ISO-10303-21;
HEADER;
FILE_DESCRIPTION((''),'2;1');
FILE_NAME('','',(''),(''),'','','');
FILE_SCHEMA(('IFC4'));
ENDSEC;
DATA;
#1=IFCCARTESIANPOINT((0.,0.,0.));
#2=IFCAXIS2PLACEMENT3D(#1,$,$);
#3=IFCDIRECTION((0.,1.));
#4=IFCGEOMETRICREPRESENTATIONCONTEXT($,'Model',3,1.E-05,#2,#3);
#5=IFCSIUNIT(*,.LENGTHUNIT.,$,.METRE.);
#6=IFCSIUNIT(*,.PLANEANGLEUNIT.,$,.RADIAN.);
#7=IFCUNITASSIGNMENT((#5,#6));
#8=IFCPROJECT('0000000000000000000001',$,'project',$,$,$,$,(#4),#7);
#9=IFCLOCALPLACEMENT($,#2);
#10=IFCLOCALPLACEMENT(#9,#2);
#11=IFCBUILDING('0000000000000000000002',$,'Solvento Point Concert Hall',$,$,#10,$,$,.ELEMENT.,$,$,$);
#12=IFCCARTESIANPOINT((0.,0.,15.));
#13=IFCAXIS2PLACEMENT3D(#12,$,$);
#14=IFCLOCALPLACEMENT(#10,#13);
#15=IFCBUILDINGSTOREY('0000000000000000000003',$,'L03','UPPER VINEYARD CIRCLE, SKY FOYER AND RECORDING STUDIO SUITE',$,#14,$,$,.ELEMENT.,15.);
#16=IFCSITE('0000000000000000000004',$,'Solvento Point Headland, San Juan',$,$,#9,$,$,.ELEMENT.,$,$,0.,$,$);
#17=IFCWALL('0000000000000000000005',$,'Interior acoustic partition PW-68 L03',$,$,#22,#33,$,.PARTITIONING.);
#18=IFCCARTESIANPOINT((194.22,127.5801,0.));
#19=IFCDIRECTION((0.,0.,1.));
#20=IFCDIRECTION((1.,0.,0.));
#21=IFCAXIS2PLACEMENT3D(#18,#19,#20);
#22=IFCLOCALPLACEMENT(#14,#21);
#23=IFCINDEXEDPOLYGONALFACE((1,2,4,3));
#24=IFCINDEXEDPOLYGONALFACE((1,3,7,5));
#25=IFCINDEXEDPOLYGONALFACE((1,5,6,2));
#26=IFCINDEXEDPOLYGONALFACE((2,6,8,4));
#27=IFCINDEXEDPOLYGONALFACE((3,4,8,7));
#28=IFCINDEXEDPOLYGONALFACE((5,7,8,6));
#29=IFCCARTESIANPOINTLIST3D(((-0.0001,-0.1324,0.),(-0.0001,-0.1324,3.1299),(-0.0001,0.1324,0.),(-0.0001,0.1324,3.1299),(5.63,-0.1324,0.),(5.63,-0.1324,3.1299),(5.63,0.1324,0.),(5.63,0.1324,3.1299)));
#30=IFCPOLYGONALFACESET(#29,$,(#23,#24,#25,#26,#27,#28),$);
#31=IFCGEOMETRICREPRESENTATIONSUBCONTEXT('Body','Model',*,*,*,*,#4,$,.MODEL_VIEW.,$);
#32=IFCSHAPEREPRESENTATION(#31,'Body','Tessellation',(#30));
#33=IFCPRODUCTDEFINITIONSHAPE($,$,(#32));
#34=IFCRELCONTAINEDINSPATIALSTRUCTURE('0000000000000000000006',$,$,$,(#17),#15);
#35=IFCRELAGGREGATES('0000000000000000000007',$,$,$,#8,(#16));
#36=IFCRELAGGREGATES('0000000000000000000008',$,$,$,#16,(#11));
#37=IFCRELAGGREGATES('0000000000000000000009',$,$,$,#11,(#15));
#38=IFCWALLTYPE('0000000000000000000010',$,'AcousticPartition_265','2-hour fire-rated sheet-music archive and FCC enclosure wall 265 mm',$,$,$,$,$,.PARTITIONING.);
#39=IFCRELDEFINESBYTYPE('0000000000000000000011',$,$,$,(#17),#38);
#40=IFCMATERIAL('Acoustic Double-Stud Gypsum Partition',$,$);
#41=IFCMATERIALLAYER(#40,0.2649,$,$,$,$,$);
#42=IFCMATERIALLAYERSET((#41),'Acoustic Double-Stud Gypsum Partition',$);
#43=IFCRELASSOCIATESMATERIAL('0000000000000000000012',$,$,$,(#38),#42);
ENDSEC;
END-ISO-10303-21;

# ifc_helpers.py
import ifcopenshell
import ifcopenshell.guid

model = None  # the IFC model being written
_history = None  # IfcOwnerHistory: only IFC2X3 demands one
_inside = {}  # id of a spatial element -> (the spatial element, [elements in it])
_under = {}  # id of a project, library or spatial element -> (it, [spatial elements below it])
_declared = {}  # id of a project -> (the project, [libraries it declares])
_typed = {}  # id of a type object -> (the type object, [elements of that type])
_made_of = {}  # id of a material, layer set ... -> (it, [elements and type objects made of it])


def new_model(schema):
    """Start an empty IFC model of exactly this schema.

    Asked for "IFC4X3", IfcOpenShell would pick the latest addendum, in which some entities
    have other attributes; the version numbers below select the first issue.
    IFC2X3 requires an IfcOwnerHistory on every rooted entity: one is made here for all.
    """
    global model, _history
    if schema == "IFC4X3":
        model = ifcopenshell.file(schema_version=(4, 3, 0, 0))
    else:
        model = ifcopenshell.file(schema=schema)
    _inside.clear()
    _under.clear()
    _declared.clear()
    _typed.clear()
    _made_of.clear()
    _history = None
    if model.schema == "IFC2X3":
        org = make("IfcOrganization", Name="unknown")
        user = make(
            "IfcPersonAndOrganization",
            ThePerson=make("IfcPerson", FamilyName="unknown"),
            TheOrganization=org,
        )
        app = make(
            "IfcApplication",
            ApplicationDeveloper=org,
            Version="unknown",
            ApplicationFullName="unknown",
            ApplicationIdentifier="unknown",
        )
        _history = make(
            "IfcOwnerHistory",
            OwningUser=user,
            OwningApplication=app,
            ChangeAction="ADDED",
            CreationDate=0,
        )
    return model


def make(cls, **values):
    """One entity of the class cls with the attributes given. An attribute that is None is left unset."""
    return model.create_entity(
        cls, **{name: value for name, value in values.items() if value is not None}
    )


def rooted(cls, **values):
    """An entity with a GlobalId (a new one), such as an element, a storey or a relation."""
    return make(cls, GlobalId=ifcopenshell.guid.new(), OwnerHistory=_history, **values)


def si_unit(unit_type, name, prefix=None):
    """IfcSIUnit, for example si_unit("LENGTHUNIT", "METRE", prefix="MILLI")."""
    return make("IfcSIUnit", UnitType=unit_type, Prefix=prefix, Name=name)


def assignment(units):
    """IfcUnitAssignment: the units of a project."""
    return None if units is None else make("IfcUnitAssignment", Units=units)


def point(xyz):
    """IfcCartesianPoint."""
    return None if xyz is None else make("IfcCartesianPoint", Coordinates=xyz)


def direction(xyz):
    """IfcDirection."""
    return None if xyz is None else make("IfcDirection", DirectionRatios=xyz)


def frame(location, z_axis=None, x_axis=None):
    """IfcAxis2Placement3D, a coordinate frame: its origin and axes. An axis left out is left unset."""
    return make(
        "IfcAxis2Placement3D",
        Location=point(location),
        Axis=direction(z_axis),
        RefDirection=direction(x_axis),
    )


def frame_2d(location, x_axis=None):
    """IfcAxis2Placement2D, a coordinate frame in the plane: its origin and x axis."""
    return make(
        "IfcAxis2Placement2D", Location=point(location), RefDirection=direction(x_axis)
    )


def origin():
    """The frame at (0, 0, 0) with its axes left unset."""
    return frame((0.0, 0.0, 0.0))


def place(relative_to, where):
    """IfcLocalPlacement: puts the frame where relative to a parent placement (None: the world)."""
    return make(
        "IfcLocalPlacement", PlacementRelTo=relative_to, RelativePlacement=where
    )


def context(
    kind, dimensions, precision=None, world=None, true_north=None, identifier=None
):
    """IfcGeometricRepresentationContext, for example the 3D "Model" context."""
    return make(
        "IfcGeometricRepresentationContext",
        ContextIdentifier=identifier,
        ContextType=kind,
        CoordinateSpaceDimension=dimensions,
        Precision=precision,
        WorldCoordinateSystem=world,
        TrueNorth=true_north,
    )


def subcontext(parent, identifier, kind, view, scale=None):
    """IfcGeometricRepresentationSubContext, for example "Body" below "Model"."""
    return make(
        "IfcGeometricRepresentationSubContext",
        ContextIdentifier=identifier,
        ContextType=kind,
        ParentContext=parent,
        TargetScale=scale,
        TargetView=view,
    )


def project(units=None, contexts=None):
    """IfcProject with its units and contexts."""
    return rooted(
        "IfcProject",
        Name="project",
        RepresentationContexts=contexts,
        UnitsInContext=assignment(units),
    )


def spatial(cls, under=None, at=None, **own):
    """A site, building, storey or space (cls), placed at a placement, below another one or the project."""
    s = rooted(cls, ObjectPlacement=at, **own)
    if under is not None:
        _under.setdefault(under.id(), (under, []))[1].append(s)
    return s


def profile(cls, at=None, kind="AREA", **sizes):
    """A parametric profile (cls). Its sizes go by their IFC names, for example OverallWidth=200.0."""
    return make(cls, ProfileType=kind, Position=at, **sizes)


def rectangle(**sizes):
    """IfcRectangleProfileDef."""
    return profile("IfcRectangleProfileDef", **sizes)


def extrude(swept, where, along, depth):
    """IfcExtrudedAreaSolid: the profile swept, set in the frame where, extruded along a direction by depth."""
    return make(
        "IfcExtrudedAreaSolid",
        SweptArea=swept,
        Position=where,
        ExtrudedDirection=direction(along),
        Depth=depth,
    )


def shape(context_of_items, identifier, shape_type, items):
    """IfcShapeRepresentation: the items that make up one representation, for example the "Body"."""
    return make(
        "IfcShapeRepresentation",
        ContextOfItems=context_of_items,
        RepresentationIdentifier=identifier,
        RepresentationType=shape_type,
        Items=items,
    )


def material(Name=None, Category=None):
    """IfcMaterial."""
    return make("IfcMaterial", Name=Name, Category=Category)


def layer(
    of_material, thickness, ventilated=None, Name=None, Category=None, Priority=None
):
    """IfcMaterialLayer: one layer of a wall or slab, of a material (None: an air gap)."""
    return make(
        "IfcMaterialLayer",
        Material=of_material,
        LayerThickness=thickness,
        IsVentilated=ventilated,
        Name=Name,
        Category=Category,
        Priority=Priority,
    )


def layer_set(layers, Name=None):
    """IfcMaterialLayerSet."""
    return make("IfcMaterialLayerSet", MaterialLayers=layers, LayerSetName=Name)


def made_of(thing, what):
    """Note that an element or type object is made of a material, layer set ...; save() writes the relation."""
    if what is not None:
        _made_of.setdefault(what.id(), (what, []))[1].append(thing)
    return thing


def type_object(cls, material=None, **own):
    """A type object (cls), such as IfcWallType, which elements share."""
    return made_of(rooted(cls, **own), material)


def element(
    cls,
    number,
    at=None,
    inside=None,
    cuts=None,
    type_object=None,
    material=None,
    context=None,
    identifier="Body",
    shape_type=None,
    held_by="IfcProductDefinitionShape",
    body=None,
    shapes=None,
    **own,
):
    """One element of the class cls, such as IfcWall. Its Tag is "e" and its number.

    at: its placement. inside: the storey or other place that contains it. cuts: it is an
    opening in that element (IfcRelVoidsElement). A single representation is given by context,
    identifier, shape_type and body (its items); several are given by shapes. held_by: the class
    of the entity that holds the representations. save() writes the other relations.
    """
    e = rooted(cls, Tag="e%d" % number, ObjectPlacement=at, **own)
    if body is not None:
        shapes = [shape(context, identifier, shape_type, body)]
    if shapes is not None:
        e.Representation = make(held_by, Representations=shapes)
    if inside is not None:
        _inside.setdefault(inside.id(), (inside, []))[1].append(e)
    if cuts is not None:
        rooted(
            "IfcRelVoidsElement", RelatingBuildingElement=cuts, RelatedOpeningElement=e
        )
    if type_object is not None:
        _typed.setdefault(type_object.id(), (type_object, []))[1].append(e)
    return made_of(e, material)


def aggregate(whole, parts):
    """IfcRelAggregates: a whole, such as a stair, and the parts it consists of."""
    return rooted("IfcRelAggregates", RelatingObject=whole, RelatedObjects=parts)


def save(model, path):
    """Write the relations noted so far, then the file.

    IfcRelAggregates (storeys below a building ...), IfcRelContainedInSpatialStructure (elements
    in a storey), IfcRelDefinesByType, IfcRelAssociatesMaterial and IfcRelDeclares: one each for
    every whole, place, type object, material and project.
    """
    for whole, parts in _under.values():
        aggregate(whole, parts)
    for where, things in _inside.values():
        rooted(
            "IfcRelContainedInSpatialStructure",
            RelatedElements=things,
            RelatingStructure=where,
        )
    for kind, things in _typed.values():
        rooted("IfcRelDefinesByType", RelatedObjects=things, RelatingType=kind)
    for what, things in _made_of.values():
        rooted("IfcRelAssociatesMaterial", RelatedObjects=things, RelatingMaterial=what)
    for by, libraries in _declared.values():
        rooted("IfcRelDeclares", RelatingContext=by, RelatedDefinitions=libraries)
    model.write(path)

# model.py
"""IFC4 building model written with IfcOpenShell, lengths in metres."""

from ifc_helpers import new_model, si_unit, direction, frame, frame_2d, origin, place, context, subcontext, project, spatial, rectangle, extrude, material, layer, layer_set, type_object, element, save


model = new_model("IFC4")

# Units and contexts
model_context = context("Model", 3, precision=1e-05, world=origin(), true_north=direction((0.0, 1.0)))
body_context = subcontext(model_context, "Body", "Model", "MODEL_VIEW")
ifc_project = project(units=[si_unit("LENGTHUNIT", "METRE"), si_unit("PLANEANGLEUNIT", "RADIAN")], contexts=[model_context])

# Site, building, storey
site_placement = place(None, origin())
site = spatial("IfcSite", under=ifc_project, at=site_placement, Name="Solvento Point Headland, San Juan", CompositionType="ELEMENT", RefElevation=0.0)
building_placement = place(site_placement, origin())
building = spatial("IfcBuilding", under=site, at=building_placement, Name="Solvento Point Concert Hall", CompositionType="ELEMENT")
storey_placement = place(building_placement, frame((0.0, 0.0, 15.0)))
storey = spatial("IfcBuildingStorey", under=building, at=storey_placement, Name="L03", Description="UPPER VINEYARD CIRCLE, SKY FOYER AND RECORDING STUDIO SUITE", CompositionType="ELEMENT", Elevation=15.0)

# Wall
ifc_material_1 = material(Name="Acoustic Double-Stud Gypsum Partition")
ifc_layer_1 = layer(ifc_material_1, 0.2649)
ifc_layer_set_1 = layer_set([ifc_layer_1], Name="Acoustic Double-Stud Gypsum Partition")
wall_type_1 = type_object("IfcWallType", Name="AcousticPartition_265", Description="2-hour fire-rated sheet-music archive and FCC enclosure wall 265 mm", PredefinedType="PARTITIONING", material=ifc_layer_set_1)
wall_1_placement = place(storey_placement, frame((194.22, 127.5801, 0.0), z_axis=(0.0, 0.0, 1.0), x_axis=(1.0, 0.0, 0.0)))
element("IfcWall", 1, at=wall_1_placement, inside=storey, type_object=wall_type_1, Name="Interior acoustic partition PW-68 L03", PredefinedType="PARTITIONING", context=body_context, shape_type="SweptSolid", body=[
    extrude(rectangle(XDim=5.6301, YDim=0.2649, at=frame_2d((2.8149, 0.0))), origin(), (0.0, 0.0, 1.0), 3.1299),
])

save(model, "model.ifc")
